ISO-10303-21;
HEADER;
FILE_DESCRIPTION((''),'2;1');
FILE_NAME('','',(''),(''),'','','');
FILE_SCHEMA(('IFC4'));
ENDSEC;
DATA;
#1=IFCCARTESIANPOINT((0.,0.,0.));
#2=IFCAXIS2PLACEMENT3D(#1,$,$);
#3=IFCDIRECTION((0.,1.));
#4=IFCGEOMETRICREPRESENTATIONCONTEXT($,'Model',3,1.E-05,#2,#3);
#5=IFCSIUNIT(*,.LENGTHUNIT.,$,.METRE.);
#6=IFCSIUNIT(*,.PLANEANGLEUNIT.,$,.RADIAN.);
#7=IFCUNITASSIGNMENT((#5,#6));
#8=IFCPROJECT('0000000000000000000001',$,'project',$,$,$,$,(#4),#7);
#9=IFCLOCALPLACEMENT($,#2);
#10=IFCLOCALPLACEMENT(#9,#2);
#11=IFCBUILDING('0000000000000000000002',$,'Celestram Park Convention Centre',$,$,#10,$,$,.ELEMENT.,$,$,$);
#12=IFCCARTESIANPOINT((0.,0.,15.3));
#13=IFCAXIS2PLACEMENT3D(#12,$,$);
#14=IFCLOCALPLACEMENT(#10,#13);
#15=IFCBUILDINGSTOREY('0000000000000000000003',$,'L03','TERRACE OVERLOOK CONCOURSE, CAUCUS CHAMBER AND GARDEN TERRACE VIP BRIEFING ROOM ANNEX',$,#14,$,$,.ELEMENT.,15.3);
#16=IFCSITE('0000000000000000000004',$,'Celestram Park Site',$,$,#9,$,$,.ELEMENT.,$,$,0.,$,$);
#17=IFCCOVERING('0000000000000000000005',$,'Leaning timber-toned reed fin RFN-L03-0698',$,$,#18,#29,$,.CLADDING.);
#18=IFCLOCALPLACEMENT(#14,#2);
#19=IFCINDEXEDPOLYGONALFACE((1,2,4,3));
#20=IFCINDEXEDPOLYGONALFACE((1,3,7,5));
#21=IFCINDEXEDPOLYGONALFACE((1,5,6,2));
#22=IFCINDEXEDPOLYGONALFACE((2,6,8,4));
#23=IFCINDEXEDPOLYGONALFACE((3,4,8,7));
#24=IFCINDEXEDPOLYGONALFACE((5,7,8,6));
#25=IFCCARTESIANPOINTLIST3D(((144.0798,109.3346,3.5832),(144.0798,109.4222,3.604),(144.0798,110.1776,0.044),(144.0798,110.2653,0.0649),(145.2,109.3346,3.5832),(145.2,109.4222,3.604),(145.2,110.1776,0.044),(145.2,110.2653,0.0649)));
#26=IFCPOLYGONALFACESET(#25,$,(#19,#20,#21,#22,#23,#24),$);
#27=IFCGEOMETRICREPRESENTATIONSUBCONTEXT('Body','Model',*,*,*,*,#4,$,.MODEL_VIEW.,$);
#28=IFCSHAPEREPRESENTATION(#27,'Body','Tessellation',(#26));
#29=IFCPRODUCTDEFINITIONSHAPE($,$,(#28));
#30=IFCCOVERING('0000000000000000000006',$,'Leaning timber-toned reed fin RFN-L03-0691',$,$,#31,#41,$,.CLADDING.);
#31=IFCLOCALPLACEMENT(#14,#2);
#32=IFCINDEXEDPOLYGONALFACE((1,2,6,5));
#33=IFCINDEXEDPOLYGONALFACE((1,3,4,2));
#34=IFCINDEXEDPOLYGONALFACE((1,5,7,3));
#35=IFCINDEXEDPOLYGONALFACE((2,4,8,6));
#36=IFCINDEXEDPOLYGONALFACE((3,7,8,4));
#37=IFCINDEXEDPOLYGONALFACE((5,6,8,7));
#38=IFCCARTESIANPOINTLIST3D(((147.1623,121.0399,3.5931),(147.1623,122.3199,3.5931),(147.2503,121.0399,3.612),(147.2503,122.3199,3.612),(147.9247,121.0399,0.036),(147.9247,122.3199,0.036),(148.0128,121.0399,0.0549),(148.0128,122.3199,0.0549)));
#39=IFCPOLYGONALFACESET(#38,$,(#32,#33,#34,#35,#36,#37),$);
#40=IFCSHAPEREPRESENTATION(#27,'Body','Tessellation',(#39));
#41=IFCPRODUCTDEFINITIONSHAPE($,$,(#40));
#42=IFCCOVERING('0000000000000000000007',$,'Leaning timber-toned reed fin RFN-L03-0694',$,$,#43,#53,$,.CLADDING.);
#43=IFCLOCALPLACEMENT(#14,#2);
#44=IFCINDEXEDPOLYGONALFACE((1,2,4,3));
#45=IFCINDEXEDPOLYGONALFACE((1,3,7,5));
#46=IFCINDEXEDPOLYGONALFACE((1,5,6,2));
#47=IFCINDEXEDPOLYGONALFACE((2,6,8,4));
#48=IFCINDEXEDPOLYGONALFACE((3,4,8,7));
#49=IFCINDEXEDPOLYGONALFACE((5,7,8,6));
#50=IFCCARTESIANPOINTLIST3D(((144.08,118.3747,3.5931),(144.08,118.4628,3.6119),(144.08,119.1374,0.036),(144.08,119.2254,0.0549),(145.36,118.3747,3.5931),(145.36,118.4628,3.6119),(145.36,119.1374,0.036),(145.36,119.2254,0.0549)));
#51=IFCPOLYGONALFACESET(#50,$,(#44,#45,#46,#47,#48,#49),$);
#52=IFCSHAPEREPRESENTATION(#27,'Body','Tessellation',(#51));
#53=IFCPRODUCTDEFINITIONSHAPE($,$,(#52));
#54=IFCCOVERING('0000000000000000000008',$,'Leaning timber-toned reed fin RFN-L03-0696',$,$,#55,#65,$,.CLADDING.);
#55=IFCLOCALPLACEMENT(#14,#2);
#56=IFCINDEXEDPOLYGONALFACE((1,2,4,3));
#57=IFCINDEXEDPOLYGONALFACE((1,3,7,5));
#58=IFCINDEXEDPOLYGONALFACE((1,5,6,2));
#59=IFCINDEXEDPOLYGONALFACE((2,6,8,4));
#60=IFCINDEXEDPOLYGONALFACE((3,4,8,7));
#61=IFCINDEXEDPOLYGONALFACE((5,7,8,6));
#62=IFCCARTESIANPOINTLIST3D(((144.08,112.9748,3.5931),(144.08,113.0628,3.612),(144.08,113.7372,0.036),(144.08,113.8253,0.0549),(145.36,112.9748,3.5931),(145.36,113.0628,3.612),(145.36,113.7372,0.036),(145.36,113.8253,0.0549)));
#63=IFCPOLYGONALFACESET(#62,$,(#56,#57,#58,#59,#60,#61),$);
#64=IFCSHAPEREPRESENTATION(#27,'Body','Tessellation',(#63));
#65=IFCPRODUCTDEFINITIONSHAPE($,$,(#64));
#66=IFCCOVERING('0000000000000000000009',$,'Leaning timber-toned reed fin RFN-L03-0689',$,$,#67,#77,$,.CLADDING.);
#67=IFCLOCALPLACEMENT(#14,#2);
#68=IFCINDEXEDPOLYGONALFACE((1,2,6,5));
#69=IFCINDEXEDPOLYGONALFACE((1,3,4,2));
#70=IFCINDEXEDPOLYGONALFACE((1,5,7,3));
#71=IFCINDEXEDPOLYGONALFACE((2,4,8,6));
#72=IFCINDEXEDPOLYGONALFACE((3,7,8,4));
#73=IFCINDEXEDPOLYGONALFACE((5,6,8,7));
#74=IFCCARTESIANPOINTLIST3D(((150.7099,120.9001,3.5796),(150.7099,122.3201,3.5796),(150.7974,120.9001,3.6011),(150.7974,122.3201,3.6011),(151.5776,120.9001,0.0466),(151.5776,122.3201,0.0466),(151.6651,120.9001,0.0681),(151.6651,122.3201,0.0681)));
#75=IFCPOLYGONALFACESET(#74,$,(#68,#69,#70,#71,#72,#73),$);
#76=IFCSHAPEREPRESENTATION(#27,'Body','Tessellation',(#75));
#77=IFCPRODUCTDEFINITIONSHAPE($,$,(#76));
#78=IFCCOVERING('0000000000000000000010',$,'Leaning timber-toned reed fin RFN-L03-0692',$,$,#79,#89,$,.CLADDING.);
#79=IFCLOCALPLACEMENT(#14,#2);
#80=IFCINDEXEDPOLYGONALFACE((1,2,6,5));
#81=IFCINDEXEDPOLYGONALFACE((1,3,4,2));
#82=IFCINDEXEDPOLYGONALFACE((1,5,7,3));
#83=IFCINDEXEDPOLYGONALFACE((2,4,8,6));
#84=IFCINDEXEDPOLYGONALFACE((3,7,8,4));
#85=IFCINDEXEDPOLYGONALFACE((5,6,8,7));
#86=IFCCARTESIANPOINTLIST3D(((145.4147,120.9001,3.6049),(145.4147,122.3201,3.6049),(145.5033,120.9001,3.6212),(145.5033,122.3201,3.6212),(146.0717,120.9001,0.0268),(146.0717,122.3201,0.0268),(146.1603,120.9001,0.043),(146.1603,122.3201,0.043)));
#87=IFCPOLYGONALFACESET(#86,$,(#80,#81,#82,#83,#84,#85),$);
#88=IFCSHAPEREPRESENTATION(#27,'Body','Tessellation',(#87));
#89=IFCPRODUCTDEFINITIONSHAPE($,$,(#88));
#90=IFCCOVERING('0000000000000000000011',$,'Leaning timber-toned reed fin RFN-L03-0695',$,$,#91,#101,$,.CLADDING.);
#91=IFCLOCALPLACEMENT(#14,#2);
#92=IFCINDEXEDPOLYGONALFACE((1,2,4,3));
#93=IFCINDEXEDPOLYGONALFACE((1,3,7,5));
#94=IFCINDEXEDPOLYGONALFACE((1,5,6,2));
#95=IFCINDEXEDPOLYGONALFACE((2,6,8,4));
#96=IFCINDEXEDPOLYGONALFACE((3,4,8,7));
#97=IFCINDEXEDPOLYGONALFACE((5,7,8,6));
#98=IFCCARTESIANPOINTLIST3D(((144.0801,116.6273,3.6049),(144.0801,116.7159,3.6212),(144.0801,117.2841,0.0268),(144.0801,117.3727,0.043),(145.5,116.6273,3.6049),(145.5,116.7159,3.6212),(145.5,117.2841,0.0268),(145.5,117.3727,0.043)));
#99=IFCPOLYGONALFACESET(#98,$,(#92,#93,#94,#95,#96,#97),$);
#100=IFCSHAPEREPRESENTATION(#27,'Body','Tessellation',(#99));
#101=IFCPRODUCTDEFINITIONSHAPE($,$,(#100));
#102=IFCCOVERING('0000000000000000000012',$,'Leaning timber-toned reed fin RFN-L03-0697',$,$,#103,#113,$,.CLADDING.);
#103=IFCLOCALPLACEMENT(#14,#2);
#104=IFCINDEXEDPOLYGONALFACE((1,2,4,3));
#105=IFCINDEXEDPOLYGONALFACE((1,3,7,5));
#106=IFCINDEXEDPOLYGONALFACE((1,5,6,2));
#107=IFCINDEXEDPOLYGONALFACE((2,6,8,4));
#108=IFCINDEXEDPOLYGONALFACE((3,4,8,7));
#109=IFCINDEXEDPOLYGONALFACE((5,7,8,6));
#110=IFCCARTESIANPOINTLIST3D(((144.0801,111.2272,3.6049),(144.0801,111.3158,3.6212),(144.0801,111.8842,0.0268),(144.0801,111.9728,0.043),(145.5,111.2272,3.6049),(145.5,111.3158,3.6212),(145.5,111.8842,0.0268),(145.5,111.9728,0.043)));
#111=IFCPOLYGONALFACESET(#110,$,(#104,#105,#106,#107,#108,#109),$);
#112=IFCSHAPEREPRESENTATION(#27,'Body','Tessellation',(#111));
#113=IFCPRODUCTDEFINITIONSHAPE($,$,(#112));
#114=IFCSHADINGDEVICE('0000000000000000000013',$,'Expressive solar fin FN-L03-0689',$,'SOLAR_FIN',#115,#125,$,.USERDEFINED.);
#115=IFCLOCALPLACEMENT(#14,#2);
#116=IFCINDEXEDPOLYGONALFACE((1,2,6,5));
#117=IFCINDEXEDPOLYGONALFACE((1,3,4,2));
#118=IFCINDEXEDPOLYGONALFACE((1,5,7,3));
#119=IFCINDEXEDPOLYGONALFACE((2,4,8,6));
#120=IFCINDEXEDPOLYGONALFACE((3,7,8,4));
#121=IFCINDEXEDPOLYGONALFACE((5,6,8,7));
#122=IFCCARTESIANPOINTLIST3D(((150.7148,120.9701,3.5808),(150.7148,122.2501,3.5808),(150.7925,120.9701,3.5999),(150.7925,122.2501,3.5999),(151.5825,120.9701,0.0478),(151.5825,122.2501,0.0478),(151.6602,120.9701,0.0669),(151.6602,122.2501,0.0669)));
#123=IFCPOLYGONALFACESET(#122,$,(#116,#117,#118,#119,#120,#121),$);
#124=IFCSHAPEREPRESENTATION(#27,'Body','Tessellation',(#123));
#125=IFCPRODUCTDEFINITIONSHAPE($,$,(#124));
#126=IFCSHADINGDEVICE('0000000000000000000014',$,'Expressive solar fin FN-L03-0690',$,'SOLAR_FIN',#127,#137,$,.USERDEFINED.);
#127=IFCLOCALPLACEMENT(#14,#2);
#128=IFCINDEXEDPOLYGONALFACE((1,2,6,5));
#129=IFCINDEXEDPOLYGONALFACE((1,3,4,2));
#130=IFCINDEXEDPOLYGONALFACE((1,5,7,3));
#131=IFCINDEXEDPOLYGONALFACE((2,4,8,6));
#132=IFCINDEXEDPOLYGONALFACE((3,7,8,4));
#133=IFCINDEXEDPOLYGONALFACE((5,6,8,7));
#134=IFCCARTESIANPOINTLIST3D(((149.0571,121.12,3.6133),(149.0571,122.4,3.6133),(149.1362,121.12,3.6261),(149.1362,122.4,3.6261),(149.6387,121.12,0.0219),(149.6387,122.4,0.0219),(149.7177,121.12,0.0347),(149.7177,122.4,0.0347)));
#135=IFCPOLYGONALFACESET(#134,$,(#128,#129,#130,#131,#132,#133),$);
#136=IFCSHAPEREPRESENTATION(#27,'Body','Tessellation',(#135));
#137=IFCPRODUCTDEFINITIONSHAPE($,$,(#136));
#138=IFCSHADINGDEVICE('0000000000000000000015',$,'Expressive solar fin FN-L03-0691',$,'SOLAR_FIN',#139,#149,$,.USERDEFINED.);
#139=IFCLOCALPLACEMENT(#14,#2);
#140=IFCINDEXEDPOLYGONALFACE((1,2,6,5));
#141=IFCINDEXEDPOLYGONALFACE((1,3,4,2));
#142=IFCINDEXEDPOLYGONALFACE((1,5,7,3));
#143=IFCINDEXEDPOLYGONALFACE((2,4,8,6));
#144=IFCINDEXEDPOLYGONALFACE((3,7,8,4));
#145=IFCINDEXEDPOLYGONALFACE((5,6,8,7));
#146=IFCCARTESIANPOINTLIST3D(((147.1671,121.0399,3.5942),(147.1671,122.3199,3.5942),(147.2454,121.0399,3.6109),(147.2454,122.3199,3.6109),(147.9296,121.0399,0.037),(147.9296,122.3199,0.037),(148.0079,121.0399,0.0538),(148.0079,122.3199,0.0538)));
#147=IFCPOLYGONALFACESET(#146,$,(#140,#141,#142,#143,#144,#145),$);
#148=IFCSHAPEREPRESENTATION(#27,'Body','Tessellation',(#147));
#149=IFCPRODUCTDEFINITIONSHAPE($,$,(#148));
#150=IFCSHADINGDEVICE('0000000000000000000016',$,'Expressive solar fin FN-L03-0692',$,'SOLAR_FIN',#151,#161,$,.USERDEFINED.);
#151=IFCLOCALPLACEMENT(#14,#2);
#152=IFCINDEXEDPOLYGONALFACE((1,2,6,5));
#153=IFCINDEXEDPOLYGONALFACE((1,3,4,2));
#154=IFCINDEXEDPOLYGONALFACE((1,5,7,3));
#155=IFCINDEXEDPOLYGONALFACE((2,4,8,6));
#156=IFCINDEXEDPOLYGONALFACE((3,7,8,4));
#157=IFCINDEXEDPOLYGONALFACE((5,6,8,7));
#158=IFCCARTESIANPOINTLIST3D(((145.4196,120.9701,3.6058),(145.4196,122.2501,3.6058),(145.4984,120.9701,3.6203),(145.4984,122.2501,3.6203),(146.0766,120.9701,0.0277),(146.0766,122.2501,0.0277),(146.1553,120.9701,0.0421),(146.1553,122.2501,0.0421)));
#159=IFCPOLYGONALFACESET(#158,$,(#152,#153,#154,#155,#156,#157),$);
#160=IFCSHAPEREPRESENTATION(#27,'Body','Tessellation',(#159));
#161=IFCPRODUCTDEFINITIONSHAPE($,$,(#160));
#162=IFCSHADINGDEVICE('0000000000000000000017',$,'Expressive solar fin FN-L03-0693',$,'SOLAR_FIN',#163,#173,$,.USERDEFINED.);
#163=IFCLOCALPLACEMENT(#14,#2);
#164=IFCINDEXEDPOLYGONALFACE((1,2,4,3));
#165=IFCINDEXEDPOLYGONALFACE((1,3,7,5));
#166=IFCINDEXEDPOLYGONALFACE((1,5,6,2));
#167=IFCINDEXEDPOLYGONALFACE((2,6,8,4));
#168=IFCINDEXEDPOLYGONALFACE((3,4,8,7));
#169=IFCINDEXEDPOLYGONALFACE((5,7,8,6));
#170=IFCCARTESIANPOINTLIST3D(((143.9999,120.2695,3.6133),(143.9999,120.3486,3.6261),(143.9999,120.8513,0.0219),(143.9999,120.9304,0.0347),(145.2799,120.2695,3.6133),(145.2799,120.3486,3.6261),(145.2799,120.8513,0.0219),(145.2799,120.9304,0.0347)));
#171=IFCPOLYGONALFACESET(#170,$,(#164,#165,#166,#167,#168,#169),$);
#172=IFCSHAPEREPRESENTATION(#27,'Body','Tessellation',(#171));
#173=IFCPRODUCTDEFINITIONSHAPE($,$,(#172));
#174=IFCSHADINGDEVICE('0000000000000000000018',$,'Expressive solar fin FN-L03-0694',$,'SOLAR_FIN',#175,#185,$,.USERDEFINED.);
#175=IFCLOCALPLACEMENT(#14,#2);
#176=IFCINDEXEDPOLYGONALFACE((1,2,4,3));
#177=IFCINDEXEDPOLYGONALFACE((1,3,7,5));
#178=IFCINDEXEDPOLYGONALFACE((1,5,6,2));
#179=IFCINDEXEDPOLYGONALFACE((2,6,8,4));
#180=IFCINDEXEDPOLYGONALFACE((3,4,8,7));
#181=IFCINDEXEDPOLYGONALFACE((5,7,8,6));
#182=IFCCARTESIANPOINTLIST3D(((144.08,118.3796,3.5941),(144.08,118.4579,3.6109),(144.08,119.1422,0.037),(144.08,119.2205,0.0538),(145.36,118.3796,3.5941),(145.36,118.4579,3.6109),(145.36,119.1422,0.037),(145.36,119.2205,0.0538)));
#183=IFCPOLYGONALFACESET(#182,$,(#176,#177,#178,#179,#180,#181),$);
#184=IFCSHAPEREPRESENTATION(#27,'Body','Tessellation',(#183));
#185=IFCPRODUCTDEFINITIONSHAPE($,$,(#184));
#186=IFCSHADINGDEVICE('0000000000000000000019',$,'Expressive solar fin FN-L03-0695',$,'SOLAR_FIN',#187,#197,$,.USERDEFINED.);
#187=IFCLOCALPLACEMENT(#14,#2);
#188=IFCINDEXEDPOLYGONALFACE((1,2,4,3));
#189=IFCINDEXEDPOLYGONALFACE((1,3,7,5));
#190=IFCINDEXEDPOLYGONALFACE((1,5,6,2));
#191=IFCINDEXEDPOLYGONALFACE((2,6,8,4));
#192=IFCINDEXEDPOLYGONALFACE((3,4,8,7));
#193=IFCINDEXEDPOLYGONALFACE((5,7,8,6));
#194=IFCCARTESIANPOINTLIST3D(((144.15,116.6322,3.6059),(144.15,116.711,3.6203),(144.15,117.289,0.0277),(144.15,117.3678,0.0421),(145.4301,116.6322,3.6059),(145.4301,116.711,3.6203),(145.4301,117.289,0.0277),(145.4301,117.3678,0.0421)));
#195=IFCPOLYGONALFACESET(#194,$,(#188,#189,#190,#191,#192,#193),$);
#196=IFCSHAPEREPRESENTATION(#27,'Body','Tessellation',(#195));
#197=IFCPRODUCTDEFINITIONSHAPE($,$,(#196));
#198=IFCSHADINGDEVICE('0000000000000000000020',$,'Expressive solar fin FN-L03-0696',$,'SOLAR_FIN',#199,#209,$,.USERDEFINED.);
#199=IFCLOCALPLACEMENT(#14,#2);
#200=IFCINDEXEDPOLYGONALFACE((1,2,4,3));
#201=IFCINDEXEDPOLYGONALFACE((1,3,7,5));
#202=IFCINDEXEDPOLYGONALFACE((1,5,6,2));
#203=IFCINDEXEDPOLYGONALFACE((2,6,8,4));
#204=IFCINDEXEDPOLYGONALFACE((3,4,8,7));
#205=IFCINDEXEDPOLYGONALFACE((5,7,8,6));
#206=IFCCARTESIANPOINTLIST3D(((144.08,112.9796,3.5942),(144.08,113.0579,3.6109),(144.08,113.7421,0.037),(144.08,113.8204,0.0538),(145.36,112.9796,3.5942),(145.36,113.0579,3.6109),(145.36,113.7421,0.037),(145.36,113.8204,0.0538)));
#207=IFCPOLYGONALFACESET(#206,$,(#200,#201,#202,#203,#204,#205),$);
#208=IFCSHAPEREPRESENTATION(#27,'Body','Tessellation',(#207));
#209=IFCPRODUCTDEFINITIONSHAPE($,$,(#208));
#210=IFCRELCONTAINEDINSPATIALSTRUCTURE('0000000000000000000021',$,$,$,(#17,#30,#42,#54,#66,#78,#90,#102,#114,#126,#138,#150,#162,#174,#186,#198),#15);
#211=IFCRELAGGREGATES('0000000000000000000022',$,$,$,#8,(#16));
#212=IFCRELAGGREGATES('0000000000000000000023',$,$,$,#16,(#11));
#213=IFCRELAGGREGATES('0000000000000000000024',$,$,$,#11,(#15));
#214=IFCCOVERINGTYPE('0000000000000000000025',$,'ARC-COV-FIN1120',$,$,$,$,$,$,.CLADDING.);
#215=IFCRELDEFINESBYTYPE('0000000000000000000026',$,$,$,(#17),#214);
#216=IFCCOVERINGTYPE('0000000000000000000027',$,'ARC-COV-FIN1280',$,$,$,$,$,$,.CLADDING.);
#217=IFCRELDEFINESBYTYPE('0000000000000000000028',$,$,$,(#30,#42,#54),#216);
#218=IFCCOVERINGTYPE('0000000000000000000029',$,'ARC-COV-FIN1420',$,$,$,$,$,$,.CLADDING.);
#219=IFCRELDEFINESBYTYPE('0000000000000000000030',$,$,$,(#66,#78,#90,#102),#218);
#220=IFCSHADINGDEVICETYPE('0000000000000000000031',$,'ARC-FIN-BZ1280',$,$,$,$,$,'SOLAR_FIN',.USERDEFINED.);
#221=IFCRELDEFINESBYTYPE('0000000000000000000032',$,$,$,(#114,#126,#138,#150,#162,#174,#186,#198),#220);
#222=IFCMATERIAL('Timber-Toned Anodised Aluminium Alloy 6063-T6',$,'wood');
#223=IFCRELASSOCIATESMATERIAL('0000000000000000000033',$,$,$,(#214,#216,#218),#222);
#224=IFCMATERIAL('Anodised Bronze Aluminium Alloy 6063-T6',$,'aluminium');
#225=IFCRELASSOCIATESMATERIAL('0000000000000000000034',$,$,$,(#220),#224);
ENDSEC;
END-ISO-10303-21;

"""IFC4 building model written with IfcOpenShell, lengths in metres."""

from ifc_helpers import new_model, si_unit, direction, frame, origin, origin_2d, place, context, subcontext, project, spatial, rectangle, extrude, material, material_profile, profile_set, type_object, element, save


model = new_model("IFC4")

# Units and contexts
model_context = context("Model", 3, precision=1e-05, world=origin(), true_north=direction((0.0, 1.0)))
body_context = subcontext(model_context, "Body", "Model", "MODEL_VIEW")
ifc_project = project(units=[si_unit("LENGTHUNIT", "METRE"), si_unit("PLANEANGLEUNIT", "RADIAN")], contexts=[model_context])

# Site, building, storey
site_placement = place(None, origin())
site = spatial("IfcSite", under=ifc_project, at=site_placement, Name="Celestram Park Site", CompositionType="ELEMENT", RefElevation=0.0)
building_placement = place(site_placement, origin())
building = spatial("IfcBuilding", under=site, at=building_placement, Name="Celestram Park Convention Centre", CompositionType="ELEMENT")
storey_placement = place(building_placement, frame((0.0, 0.0, 15.3)))
storey = spatial("IfcBuildingStorey", under=building, at=storey_placement, Name="L03", Description="TERRACE OVERLOOK CONCOURSE, CAUCUS CHAMBER AND GARDEN TERRACE VIP BRIEFING ROOM ANNEX", CompositionType="ELEMENT", Elevation=15.3)

# Coverings
ifc_material_1 = material(Name="Timber-Toned Anodised Aluminium Alloy 6063-T6", Category="wood")
ifc_material_profile_1 = material_profile(ifc_material_1, rectangle(XDim=1.1201, YDim=0.0901, at=origin_2d()), Name="REED1120X90")
ifc_profile_set_1 = profile_set([ifc_material_profile_1], Name="Timber-Toned Anodised Aluminium Alloy 6063-T6")
covering_type_1 = type_object("IfcCoveringType", Name="ARC-COV-FIN1120", PredefinedType="CLADDING", material=ifc_profile_set_1)
for number, where, z_axis, x_axis, name in (
    (1, (144.6399, 110.2214, 0.0544), (0.0, -0.23172, 0.972782), (1.0, 0.0, 0.0), "Leaning timber-toned reed fin RFN-L03-0698"),
):
    element("IfcCovering", number, at=place(storey_placement, frame(where, z_axis=z_axis, x_axis=x_axis)), inside=storey, type_object=covering_type_1, Name=name, PredefinedType="CLADDING", context=body_context, shape_type="SweptSolid", body=[
        extrude(rectangle(XDim=1.1201, YDim=0.0901, at=origin_2d()), origin(), (0.0, 0.0, 1.0), 3.6382),
    ])
ifc_material_profile_2 = material_profile(ifc_material_1, rectangle(XDim=1.28, YDim=0.0901, at=origin_2d()), Name="REED1280X90")
ifc_profile_set_2 = profile_set([ifc_material_profile_2], Name="Timber-Toned Anodised Aluminium Alloy 6063-T6")
covering_type_2 = type_object("IfcCoveringType", Name="ARC-COV-FIN1280", PredefinedType="CLADDING", material=ifc_profile_set_2)
for number, where, z_axis, x_axis, name in (
    (2, (147.9688, 121.6799, 0.0454), (-0.209584, 0.0, 0.977791), (0.0, -1.0, 0.0), "Leaning timber-toned reed fin RFN-L03-0691"),
    (3, (144.72, 119.1814, 0.0454), (0.0, -0.209648, 0.977777), (1.0, 0.0, 0.0), "Leaning timber-toned reed fin RFN-L03-0694"),
    (4, (144.72, 113.7812, 0.0454), (0.0, -0.209584, 0.977791), (1.0, 0.0, 0.0), "Leaning timber-toned reed fin RFN-L03-0696"),
):
    element("IfcCovering", number, at=place(storey_placement, frame(where, z_axis=z_axis, x_axis=x_axis)), inside=storey, type_object=covering_type_2, Name=name, PredefinedType="CLADDING", context=body_context, shape_type="SweptSolid", body=[
        extrude(rectangle(XDim=1.28, YDim=0.0901, at=origin_2d()), origin(), (0.0, 0.0, 1.0), 3.6379),
    ])
ifc_material_profile_3 = material_profile(ifc_material_1, rectangle(XDim=1.4199, YDim=0.0901, at=origin_2d()), Name="REED1420X90")
ifc_profile_set_3 = profile_set([ifc_material_profile_3], Name="Timber-Toned Anodised Aluminium Alloy 6063-T6")
covering_type_3 = type_object("IfcCoveringType", Name="ARC-COV-FIN1420", PredefinedType="CLADDING", material=ifc_profile_set_3)
for number, where, z_axis, x_axis, name in (
    (5, (151.6213, 121.6101, 0.0574), (-0.238507, 0.0, 0.971141), (0.0, -1.0, 0.0), "Leaning timber-toned reed fin RFN-L03-0689"),
    (6, (146.116, 121.6101, 0.0349), (-0.180592, 0.0, 0.983558), (0.0, -1.0, 0.0), "Leaning timber-toned reed fin RFN-L03-0692"),
    (7, (144.79, 117.3284, 0.0349), (0.0, -0.180527, 0.98357), (1.0, 0.0, 0.0), "Leaning timber-toned reed fin RFN-L03-0695"),
    (8, (144.79, 111.9285, 0.0349), (0.0, -0.180592, 0.983558), (1.0, 0.0, 0.0), "Leaning timber-toned reed fin RFN-L03-0697"),
):
    element("IfcCovering", number, at=place(storey_placement, frame(where, z_axis=z_axis, x_axis=x_axis)), inside=storey, type_object=covering_type_3, Name=name, PredefinedType="CLADDING", context=body_context, shape_type="SweptSolid", body=[
        extrude(rectangle(XDim=1.4199, YDim=0.0901, at=origin_2d()), origin(), (0.0, 0.0, 1.0), 3.6379),
    ])

# Shading devices
ifc_material_2 = material(Name="Anodised Bronze Aluminium Alloy 6063-T6", Category="aluminium")
ifc_material_profile_4 = material_profile(ifc_material_2, rectangle(XDim=1.28, YDim=0.0801, at=origin_2d()), Name="FIN1280X80")
ifc_profile_set_4 = profile_set([ifc_material_profile_4], Name="Anodised Bronze Aluminium Alloy 6063-T6")
shading_device_type = type_object("IfcShadingDeviceType", Name="ARC-FIN-BZ1280", ElementType="SOLAR_FIN", PredefinedType="USERDEFINED", material=ifc_profile_set_4)
shading_device_1_placement = place(storey_placement, frame((151.6213, 121.6101, 0.0574), z_axis=(-0.238507, 0.0, 0.971141), x_axis=(0.0, -1.0, 0.0)))
element("IfcShadingDevice", 9, at=shading_device_1_placement, inside=storey, type_object=shading_device_type, Name="Expressive solar fin FN-L03-0689", ObjectType="SOLAR_FIN", PredefinedType="USERDEFINED", context=body_context, shape_type="SweptSolid", body=[
    extrude(rectangle(XDim=1.28, YDim=0.0801, at=origin_2d()), origin(), (0.0, 0.0, 1.0), 3.6379),
])
shading_device_2_placement = place(storey_placement, frame((149.6782, 121.76, 0.0283), z_axis=(-0.159848, 0.0, 0.987142), x_axis=(0.0, -1.0, 0.0)))
element("IfcShadingDevice", 10, at=shading_device_2_placement, inside=storey, type_object=shading_device_type, Name="Expressive solar fin FN-L03-0690", ObjectType="SOLAR_FIN", PredefinedType="USERDEFINED", context=body_context, shape_type="SweptSolid", body=[
    extrude(rectangle(XDim=1.28, YDim=0.0801, at=origin_2d()), origin(), (0.0, 0.0, 1.0), 3.6382),
])
for number, where, z_axis, x_axis, name in (
    (11, (147.9688, 121.6799, 0.0454), (-0.209584, 0.0, 0.977791), (0.0, -1.0, 0.0), "Expressive solar fin FN-L03-0691"),
    (12, (146.116, 121.6101, 0.0349), (-0.180592, 0.0, 0.983558), (0.0, -1.0, 0.0), "Expressive solar fin FN-L03-0692"),
):
    element("IfcShadingDevice", number, at=place(storey_placement, frame(where, z_axis=z_axis, x_axis=x_axis)), inside=storey, type_object=shading_device_type, Name=name, ObjectType="SOLAR_FIN", PredefinedType="USERDEFINED", context=body_context, shape_type="SweptSolid", body=[
        extrude(rectangle(XDim=1.28, YDim=0.0801, at=origin_2d()), origin(), (0.0, 0.0, 1.0), 3.6379),
    ])
shading_device_3_placement = place(storey_placement, frame((144.6399, 120.8909, 0.0283), z_axis=(0.0, -0.159914, 0.987131), x_axis=(1.0, 0.0, 0.0)))
element("IfcShadingDevice", 13, at=shading_device_3_placement, inside=storey, type_object=shading_device_type, Name="Expressive solar fin FN-L03-0693", ObjectType="SOLAR_FIN", PredefinedType="USERDEFINED", context=body_context, shape_type="SweptSolid", body=[
    extrude(rectangle(XDim=1.28, YDim=0.0801, at=origin_2d()), origin(), (0.0, 0.0, 1.0), 3.6382),
])
for number, where, z_axis, x_axis, name in (
    (14, (144.72, 119.1814, 0.0454), (0.0, -0.209648, 0.977777), (1.0, 0.0, 0.0), "Expressive solar fin FN-L03-0694"),
    (15, (144.79, 117.3284, 0.0349), (0.0, -0.180527, 0.98357), (1.0, 0.0, 0.0), "Expressive solar fin FN-L03-0695"),
    (16, (144.72, 113.7812, 0.0454), (0.0, -0.209584, 0.977791), (1.0, 0.0, 0.0), "Expressive solar fin FN-L03-0696"),
):
    element("IfcShadingDevice", number, at=place(storey_placement, frame(where, z_axis=z_axis, x_axis=x_axis)), inside=storey, type_object=shading_device_type, Name=name, ObjectType="SOLAR_FIN", PredefinedType="USERDEFINED", context=body_context, shape_type="SweptSolid", body=[
        extrude(rectangle(XDim=1.28, YDim=0.0801, at=origin_2d()), origin(), (0.0, 0.0, 1.0), 3.6379),
    ])

save(model, "model.ifc")
